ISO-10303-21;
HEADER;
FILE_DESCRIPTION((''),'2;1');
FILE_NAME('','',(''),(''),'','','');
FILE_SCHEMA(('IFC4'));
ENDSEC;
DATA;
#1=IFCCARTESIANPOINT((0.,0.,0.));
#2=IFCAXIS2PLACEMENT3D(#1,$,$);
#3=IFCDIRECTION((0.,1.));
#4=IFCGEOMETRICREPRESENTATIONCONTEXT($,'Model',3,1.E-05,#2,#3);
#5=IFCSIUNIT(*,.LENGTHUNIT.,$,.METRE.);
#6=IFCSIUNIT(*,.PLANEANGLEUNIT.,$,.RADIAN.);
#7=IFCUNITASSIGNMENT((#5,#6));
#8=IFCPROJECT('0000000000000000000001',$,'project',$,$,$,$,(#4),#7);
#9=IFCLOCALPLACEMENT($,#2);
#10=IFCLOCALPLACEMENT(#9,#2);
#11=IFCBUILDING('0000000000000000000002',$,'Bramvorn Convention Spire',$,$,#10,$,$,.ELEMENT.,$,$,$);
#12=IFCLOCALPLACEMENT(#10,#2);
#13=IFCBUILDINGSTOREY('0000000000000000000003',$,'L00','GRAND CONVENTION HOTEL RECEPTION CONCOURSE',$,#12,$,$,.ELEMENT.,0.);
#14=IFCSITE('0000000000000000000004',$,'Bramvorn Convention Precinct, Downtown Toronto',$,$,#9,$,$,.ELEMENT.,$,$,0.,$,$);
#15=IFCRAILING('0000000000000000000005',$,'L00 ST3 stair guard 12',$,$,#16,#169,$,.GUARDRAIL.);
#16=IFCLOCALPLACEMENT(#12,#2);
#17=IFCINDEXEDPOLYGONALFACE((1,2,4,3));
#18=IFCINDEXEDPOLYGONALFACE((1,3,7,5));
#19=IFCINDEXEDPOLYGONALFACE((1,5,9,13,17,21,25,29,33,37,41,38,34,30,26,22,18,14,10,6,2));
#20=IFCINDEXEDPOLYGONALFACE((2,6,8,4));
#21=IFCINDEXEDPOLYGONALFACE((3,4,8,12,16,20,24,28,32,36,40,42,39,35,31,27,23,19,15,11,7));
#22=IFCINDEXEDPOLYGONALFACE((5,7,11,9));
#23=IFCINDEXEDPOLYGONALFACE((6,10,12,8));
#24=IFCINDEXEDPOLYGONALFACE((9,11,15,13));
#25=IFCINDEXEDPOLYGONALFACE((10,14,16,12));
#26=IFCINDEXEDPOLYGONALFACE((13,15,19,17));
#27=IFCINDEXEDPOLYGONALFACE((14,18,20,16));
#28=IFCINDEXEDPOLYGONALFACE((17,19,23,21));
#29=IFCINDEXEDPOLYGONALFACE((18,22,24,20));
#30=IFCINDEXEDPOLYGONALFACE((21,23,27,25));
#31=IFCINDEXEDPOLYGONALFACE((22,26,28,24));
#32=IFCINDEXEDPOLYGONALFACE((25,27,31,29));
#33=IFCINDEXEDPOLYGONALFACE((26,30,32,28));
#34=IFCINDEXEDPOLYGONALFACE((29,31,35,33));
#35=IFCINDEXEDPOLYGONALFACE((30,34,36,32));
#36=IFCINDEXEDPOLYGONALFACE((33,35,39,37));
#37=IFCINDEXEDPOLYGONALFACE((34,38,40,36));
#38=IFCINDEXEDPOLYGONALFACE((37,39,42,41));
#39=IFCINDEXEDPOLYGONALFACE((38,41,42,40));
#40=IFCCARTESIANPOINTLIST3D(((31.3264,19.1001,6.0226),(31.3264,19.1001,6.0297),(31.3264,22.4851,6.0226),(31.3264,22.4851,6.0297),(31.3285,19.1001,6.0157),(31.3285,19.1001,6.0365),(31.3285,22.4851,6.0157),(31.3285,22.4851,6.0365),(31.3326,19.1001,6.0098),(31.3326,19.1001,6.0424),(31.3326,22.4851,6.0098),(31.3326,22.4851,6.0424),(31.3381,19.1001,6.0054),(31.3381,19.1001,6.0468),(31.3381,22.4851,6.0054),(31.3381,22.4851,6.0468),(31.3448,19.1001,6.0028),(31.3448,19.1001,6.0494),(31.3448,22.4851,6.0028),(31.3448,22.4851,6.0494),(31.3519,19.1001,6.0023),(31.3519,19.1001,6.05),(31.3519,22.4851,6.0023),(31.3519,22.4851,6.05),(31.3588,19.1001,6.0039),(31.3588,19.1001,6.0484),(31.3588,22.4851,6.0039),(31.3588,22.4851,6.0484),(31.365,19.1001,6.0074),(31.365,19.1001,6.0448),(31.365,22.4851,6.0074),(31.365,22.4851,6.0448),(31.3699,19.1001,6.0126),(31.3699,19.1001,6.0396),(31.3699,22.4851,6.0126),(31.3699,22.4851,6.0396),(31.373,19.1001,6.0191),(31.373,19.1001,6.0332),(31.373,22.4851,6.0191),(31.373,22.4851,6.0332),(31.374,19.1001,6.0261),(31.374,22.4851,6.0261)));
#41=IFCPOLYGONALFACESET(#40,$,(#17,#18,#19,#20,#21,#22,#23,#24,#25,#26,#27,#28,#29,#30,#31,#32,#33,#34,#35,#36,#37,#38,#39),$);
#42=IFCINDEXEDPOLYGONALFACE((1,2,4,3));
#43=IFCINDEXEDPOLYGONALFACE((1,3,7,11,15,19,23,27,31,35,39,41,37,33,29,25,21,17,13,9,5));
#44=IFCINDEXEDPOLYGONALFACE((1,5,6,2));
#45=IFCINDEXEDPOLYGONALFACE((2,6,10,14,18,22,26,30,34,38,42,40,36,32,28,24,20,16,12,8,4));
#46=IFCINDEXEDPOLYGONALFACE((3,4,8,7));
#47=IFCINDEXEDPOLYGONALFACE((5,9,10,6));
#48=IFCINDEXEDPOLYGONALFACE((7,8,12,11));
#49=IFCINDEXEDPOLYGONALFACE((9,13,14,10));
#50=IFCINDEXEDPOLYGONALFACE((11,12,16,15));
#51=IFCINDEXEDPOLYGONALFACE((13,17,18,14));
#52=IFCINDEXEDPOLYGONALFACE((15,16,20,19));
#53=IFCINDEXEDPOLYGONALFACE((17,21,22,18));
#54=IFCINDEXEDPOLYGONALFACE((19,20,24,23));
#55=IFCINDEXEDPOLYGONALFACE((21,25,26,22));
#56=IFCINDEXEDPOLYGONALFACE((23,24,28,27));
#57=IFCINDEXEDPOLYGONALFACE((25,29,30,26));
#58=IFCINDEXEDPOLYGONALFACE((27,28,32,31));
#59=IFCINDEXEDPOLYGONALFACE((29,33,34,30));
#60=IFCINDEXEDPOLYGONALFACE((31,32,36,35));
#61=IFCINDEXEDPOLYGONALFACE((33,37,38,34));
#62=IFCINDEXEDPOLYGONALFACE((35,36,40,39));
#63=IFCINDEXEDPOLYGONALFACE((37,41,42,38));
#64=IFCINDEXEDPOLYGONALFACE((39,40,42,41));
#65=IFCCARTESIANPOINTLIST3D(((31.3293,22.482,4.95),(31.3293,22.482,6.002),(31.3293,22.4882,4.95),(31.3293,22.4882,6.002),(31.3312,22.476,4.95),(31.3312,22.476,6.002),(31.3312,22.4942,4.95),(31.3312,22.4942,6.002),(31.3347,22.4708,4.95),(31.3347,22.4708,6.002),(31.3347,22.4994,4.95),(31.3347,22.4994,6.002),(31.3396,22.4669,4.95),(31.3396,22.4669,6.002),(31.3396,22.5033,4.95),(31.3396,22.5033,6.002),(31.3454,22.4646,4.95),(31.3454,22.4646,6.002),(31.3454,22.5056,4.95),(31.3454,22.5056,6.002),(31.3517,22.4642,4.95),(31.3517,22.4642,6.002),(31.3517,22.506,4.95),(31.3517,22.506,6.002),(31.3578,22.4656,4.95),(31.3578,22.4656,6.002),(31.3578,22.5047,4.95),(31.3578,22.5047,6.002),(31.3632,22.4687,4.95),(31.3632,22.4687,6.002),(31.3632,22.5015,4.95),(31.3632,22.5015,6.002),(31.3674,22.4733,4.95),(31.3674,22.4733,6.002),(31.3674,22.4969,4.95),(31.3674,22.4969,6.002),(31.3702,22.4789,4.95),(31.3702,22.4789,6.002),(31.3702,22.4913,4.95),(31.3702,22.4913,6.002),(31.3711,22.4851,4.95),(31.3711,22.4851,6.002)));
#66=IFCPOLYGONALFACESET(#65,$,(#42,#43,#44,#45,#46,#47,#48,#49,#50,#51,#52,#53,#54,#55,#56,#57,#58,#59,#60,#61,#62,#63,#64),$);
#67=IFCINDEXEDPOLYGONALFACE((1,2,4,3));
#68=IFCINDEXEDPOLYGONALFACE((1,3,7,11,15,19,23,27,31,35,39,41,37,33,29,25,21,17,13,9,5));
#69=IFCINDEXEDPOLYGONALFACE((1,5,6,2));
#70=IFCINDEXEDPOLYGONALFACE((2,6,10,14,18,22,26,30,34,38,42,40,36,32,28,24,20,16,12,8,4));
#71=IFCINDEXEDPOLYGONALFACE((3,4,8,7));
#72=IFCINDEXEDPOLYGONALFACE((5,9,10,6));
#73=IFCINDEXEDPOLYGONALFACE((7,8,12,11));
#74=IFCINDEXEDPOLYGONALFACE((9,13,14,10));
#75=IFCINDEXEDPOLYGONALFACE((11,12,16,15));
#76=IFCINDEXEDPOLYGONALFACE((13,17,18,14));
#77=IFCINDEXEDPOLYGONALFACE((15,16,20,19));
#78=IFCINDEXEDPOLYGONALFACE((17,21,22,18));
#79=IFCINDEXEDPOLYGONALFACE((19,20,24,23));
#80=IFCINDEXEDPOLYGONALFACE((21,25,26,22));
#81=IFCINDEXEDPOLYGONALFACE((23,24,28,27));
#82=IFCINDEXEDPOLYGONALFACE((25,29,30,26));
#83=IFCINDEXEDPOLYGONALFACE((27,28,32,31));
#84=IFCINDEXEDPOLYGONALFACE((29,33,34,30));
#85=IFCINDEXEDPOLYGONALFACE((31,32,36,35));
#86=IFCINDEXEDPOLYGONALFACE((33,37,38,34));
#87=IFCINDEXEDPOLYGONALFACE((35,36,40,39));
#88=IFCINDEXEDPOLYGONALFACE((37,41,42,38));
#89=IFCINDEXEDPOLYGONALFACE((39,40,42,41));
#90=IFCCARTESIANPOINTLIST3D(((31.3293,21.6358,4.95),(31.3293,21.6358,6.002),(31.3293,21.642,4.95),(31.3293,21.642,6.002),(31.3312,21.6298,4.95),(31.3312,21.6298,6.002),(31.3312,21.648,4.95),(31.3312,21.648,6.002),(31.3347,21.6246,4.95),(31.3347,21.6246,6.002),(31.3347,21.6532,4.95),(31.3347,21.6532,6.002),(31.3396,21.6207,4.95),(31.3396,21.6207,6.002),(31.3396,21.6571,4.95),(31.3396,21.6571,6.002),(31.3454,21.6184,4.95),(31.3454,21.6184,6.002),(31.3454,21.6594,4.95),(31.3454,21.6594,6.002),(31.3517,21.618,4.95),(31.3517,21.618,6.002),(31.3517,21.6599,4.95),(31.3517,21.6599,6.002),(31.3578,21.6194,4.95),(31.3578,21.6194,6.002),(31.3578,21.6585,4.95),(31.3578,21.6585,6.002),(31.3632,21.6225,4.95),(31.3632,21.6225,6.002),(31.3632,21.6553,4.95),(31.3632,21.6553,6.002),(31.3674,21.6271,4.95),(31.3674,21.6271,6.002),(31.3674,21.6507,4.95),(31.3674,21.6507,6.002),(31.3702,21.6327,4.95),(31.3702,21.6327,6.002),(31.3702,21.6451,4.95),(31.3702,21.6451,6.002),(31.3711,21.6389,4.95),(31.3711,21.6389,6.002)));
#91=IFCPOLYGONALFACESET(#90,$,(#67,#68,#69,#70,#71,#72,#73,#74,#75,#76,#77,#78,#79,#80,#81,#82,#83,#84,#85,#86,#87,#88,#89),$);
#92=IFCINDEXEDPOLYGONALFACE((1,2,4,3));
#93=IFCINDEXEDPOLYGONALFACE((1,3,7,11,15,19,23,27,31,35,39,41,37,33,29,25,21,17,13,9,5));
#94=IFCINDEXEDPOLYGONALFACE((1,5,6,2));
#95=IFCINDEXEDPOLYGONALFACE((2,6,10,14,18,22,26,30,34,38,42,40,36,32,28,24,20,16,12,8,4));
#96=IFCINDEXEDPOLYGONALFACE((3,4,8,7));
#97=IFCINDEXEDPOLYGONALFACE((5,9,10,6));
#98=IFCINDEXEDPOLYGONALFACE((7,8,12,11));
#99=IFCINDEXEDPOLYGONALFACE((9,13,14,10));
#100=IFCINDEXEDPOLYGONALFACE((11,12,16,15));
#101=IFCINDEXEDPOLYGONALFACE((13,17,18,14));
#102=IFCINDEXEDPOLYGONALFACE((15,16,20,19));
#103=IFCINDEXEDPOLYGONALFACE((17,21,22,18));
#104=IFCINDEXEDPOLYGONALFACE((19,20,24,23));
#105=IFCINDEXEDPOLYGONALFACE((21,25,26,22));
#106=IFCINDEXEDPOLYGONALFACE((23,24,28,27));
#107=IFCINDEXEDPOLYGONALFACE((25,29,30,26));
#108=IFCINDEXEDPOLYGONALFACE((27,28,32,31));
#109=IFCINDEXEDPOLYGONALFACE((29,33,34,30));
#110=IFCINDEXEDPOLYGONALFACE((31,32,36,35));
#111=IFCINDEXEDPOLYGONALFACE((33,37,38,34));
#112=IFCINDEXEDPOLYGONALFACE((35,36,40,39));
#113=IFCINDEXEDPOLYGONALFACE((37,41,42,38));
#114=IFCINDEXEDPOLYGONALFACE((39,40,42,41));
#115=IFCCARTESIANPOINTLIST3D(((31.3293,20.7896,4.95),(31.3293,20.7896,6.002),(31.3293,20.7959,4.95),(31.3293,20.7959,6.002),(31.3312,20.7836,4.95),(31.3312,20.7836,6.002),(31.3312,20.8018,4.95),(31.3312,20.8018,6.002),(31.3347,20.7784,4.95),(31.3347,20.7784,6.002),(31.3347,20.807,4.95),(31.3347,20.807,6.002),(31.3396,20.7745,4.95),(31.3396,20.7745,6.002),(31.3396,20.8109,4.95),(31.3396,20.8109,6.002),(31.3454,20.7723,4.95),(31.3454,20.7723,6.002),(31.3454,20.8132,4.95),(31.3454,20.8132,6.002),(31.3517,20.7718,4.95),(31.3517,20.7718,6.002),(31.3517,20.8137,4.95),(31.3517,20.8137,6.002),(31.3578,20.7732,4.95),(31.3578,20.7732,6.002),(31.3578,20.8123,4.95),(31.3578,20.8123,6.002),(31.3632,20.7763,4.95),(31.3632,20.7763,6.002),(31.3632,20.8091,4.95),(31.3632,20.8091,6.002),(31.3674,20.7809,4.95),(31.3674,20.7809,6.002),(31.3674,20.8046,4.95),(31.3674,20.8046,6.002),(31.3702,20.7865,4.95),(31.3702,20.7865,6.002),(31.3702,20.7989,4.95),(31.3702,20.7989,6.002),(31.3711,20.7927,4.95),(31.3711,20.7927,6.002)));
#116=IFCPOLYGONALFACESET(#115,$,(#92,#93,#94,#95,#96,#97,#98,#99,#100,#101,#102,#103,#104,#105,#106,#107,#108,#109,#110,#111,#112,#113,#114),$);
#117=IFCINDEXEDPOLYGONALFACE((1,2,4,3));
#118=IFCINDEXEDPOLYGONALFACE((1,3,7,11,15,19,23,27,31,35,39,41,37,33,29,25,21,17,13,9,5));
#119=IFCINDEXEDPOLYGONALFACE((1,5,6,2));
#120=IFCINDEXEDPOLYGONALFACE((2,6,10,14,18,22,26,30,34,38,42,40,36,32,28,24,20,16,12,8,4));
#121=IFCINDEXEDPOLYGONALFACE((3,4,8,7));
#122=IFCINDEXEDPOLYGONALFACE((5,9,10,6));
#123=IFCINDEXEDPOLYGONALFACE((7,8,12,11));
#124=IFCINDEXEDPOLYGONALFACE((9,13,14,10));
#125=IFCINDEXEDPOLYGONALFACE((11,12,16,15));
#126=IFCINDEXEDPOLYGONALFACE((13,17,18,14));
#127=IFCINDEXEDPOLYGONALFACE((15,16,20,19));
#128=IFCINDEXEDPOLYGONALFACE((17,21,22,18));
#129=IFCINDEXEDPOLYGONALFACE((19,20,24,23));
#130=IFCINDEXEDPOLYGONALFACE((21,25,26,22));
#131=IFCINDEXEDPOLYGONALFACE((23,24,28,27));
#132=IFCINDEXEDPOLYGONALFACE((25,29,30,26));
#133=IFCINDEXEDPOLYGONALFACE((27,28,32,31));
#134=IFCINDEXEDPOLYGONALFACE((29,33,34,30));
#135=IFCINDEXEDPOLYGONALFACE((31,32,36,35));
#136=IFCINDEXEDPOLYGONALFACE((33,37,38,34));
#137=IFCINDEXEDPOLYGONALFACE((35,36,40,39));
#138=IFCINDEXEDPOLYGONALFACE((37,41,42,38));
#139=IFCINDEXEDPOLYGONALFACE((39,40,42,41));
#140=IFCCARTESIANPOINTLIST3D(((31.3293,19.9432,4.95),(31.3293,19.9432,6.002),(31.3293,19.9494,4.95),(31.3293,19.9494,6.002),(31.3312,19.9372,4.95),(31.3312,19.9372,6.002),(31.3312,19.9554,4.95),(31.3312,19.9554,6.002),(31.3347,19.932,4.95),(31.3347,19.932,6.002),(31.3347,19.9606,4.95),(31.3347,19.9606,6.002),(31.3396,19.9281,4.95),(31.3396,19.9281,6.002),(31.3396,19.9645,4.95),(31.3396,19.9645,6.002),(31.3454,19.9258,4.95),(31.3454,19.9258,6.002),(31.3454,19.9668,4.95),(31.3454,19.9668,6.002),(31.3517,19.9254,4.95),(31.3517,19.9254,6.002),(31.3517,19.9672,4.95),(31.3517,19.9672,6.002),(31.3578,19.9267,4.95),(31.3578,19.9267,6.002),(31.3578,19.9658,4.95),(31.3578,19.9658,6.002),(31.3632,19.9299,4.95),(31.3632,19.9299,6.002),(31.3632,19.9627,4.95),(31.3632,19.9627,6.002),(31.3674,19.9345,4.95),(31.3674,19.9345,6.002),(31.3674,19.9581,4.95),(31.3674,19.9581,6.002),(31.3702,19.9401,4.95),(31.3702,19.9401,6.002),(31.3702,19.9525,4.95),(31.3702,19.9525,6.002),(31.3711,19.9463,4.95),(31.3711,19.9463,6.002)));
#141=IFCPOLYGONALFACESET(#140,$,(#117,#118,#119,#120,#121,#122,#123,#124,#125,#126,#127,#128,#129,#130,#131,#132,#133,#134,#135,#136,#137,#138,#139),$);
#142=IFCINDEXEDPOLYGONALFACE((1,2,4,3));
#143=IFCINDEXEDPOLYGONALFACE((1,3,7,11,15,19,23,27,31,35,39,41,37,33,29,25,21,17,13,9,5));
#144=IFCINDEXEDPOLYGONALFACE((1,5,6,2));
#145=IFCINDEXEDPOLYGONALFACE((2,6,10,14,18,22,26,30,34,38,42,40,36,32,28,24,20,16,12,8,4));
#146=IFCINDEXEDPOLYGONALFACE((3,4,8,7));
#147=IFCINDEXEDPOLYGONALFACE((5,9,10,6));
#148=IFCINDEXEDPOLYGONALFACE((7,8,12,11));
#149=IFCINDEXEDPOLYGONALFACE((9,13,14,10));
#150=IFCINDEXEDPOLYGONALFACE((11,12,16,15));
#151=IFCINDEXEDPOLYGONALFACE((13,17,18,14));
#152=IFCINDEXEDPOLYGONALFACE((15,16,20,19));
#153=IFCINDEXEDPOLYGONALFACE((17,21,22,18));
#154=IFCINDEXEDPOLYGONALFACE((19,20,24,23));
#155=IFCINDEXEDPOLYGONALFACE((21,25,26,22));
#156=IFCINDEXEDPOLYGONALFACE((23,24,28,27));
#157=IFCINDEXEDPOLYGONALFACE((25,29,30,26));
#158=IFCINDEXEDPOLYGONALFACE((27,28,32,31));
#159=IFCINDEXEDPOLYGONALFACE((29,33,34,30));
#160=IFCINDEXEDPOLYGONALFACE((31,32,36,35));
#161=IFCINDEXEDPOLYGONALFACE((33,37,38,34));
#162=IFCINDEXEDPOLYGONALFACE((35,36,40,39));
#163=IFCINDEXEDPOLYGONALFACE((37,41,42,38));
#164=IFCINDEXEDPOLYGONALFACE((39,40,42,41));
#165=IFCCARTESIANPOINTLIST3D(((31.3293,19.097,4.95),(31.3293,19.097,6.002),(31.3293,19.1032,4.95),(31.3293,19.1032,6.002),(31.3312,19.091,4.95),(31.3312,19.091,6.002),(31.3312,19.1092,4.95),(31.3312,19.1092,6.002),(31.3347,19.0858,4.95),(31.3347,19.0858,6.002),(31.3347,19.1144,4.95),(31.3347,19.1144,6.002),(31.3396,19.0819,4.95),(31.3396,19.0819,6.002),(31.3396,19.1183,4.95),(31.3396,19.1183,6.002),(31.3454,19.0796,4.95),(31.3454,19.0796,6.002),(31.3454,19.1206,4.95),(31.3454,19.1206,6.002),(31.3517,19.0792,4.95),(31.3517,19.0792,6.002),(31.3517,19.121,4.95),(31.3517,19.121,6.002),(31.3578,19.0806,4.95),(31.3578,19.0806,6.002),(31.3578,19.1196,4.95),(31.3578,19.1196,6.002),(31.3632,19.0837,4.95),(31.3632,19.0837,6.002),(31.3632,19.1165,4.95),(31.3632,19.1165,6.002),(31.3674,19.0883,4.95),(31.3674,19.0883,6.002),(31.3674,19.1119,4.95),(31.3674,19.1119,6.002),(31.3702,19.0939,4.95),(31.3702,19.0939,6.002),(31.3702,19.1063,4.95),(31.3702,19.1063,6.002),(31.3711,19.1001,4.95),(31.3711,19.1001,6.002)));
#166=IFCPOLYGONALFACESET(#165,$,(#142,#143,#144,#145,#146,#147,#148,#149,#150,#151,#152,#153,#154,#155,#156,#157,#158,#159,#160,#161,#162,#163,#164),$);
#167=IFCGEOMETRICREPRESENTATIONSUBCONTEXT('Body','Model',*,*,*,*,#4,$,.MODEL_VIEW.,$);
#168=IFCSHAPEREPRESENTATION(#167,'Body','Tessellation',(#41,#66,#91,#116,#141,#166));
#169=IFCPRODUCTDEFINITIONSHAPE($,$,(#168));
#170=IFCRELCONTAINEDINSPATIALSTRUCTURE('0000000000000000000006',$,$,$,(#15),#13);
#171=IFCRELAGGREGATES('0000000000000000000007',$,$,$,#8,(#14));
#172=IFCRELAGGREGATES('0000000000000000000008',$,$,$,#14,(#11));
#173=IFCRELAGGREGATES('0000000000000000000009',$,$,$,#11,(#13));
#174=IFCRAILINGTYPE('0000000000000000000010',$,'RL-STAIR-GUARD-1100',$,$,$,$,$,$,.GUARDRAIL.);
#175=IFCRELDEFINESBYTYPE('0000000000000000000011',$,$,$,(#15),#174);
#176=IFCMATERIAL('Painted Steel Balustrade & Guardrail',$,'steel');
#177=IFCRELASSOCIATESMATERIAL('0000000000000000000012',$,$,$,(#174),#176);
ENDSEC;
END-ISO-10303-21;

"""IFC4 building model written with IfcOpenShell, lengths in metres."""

from ifc_helpers import new_model, si_unit, direction, frame, origin, origin_2d, place, context, subcontext, project, spatial, circle, extrude, material, type_object, element, save


model = new_model("IFC4")

# Units and contexts
model_context = context("Model", 3, precision=1e-05, world=origin(), true_north=direction((0.0, 1.0)))
body_context = subcontext(model_context, "Body", "Model", "MODEL_VIEW")
ifc_project = project(units=[si_unit("LENGTHUNIT", "METRE"), si_unit("PLANEANGLEUNIT", "RADIAN")], contexts=[model_context])

# Site, building, storey
site_placement = place(None, origin())
site = spatial("IfcSite", under=ifc_project, at=site_placement, Name="Bramvorn Convention Precinct, Downtown Toronto", CompositionType="ELEMENT", RefElevation=0.0)
building_placement = place(site_placement, origin())
building = spatial("IfcBuilding", under=site, at=building_placement, Name="Bramvorn Convention Spire", CompositionType="ELEMENT")
storey_placement = place(building_placement, origin())
storey = spatial("IfcBuildingStorey", under=building, at=storey_placement, Name="L00", Description="GRAND CONVENTION HOTEL RECEPTION CONCOURSE", CompositionType="ELEMENT", Elevation=0.0)

# Railing
ifc_material_1 = material(Name="Painted Steel Balustrade & Guardrail", Category="steel")
railing_type_1 = type_object("IfcRailingType", Name="RL-STAIR-GUARD-1100", PredefinedType="GUARDRAIL", material=ifc_material_1)
for number, where, name in (
    (1, (31.3501, 22.4851, 4.95), "L00 ST3 stair guard 12"),
):
    element("IfcRailing", number, at=place(storey_placement, frame(where)), inside=storey, type_object=railing_type_1, Name=name, PredefinedType="GUARDRAIL", context=body_context, shape_type="SweptSolid", body=[
        extrude(circle(Radius=0.0239, at=origin_2d()), frame((0.0, 0.0, 1.0762), z_axis=(0.0, -1.0, 0.0), x_axis=(1.0, 0.0, 0.0)), (0.0, 0.0, 1.0), 3.385),
        extrude(circle(Radius=0.021, at=origin_2d()), origin(), (0.0, 0.0, 1.0), 1.052),
        extrude(circle(Radius=0.021, at=origin_2d()), frame((0.0, -0.8462, 0.0)), (0.0, 0.0, 1.0), 1.052),
        extrude(circle(Radius=0.021, at=origin_2d()), frame((0.0, -1.6924, 0.0)), (0.0, 0.0, 1.0), 1.052),
        extrude(circle(Radius=0.021, at=origin_2d()), frame((0.0, -2.5388, 0.0)), (0.0, 0.0, 1.0), 1.052),
        extrude(circle(Radius=0.021, at=origin_2d()), frame((0.0, -3.385, 0.0)), (0.0, 0.0, 1.0), 1.052),
    ])

save(model, "model.ifc")
